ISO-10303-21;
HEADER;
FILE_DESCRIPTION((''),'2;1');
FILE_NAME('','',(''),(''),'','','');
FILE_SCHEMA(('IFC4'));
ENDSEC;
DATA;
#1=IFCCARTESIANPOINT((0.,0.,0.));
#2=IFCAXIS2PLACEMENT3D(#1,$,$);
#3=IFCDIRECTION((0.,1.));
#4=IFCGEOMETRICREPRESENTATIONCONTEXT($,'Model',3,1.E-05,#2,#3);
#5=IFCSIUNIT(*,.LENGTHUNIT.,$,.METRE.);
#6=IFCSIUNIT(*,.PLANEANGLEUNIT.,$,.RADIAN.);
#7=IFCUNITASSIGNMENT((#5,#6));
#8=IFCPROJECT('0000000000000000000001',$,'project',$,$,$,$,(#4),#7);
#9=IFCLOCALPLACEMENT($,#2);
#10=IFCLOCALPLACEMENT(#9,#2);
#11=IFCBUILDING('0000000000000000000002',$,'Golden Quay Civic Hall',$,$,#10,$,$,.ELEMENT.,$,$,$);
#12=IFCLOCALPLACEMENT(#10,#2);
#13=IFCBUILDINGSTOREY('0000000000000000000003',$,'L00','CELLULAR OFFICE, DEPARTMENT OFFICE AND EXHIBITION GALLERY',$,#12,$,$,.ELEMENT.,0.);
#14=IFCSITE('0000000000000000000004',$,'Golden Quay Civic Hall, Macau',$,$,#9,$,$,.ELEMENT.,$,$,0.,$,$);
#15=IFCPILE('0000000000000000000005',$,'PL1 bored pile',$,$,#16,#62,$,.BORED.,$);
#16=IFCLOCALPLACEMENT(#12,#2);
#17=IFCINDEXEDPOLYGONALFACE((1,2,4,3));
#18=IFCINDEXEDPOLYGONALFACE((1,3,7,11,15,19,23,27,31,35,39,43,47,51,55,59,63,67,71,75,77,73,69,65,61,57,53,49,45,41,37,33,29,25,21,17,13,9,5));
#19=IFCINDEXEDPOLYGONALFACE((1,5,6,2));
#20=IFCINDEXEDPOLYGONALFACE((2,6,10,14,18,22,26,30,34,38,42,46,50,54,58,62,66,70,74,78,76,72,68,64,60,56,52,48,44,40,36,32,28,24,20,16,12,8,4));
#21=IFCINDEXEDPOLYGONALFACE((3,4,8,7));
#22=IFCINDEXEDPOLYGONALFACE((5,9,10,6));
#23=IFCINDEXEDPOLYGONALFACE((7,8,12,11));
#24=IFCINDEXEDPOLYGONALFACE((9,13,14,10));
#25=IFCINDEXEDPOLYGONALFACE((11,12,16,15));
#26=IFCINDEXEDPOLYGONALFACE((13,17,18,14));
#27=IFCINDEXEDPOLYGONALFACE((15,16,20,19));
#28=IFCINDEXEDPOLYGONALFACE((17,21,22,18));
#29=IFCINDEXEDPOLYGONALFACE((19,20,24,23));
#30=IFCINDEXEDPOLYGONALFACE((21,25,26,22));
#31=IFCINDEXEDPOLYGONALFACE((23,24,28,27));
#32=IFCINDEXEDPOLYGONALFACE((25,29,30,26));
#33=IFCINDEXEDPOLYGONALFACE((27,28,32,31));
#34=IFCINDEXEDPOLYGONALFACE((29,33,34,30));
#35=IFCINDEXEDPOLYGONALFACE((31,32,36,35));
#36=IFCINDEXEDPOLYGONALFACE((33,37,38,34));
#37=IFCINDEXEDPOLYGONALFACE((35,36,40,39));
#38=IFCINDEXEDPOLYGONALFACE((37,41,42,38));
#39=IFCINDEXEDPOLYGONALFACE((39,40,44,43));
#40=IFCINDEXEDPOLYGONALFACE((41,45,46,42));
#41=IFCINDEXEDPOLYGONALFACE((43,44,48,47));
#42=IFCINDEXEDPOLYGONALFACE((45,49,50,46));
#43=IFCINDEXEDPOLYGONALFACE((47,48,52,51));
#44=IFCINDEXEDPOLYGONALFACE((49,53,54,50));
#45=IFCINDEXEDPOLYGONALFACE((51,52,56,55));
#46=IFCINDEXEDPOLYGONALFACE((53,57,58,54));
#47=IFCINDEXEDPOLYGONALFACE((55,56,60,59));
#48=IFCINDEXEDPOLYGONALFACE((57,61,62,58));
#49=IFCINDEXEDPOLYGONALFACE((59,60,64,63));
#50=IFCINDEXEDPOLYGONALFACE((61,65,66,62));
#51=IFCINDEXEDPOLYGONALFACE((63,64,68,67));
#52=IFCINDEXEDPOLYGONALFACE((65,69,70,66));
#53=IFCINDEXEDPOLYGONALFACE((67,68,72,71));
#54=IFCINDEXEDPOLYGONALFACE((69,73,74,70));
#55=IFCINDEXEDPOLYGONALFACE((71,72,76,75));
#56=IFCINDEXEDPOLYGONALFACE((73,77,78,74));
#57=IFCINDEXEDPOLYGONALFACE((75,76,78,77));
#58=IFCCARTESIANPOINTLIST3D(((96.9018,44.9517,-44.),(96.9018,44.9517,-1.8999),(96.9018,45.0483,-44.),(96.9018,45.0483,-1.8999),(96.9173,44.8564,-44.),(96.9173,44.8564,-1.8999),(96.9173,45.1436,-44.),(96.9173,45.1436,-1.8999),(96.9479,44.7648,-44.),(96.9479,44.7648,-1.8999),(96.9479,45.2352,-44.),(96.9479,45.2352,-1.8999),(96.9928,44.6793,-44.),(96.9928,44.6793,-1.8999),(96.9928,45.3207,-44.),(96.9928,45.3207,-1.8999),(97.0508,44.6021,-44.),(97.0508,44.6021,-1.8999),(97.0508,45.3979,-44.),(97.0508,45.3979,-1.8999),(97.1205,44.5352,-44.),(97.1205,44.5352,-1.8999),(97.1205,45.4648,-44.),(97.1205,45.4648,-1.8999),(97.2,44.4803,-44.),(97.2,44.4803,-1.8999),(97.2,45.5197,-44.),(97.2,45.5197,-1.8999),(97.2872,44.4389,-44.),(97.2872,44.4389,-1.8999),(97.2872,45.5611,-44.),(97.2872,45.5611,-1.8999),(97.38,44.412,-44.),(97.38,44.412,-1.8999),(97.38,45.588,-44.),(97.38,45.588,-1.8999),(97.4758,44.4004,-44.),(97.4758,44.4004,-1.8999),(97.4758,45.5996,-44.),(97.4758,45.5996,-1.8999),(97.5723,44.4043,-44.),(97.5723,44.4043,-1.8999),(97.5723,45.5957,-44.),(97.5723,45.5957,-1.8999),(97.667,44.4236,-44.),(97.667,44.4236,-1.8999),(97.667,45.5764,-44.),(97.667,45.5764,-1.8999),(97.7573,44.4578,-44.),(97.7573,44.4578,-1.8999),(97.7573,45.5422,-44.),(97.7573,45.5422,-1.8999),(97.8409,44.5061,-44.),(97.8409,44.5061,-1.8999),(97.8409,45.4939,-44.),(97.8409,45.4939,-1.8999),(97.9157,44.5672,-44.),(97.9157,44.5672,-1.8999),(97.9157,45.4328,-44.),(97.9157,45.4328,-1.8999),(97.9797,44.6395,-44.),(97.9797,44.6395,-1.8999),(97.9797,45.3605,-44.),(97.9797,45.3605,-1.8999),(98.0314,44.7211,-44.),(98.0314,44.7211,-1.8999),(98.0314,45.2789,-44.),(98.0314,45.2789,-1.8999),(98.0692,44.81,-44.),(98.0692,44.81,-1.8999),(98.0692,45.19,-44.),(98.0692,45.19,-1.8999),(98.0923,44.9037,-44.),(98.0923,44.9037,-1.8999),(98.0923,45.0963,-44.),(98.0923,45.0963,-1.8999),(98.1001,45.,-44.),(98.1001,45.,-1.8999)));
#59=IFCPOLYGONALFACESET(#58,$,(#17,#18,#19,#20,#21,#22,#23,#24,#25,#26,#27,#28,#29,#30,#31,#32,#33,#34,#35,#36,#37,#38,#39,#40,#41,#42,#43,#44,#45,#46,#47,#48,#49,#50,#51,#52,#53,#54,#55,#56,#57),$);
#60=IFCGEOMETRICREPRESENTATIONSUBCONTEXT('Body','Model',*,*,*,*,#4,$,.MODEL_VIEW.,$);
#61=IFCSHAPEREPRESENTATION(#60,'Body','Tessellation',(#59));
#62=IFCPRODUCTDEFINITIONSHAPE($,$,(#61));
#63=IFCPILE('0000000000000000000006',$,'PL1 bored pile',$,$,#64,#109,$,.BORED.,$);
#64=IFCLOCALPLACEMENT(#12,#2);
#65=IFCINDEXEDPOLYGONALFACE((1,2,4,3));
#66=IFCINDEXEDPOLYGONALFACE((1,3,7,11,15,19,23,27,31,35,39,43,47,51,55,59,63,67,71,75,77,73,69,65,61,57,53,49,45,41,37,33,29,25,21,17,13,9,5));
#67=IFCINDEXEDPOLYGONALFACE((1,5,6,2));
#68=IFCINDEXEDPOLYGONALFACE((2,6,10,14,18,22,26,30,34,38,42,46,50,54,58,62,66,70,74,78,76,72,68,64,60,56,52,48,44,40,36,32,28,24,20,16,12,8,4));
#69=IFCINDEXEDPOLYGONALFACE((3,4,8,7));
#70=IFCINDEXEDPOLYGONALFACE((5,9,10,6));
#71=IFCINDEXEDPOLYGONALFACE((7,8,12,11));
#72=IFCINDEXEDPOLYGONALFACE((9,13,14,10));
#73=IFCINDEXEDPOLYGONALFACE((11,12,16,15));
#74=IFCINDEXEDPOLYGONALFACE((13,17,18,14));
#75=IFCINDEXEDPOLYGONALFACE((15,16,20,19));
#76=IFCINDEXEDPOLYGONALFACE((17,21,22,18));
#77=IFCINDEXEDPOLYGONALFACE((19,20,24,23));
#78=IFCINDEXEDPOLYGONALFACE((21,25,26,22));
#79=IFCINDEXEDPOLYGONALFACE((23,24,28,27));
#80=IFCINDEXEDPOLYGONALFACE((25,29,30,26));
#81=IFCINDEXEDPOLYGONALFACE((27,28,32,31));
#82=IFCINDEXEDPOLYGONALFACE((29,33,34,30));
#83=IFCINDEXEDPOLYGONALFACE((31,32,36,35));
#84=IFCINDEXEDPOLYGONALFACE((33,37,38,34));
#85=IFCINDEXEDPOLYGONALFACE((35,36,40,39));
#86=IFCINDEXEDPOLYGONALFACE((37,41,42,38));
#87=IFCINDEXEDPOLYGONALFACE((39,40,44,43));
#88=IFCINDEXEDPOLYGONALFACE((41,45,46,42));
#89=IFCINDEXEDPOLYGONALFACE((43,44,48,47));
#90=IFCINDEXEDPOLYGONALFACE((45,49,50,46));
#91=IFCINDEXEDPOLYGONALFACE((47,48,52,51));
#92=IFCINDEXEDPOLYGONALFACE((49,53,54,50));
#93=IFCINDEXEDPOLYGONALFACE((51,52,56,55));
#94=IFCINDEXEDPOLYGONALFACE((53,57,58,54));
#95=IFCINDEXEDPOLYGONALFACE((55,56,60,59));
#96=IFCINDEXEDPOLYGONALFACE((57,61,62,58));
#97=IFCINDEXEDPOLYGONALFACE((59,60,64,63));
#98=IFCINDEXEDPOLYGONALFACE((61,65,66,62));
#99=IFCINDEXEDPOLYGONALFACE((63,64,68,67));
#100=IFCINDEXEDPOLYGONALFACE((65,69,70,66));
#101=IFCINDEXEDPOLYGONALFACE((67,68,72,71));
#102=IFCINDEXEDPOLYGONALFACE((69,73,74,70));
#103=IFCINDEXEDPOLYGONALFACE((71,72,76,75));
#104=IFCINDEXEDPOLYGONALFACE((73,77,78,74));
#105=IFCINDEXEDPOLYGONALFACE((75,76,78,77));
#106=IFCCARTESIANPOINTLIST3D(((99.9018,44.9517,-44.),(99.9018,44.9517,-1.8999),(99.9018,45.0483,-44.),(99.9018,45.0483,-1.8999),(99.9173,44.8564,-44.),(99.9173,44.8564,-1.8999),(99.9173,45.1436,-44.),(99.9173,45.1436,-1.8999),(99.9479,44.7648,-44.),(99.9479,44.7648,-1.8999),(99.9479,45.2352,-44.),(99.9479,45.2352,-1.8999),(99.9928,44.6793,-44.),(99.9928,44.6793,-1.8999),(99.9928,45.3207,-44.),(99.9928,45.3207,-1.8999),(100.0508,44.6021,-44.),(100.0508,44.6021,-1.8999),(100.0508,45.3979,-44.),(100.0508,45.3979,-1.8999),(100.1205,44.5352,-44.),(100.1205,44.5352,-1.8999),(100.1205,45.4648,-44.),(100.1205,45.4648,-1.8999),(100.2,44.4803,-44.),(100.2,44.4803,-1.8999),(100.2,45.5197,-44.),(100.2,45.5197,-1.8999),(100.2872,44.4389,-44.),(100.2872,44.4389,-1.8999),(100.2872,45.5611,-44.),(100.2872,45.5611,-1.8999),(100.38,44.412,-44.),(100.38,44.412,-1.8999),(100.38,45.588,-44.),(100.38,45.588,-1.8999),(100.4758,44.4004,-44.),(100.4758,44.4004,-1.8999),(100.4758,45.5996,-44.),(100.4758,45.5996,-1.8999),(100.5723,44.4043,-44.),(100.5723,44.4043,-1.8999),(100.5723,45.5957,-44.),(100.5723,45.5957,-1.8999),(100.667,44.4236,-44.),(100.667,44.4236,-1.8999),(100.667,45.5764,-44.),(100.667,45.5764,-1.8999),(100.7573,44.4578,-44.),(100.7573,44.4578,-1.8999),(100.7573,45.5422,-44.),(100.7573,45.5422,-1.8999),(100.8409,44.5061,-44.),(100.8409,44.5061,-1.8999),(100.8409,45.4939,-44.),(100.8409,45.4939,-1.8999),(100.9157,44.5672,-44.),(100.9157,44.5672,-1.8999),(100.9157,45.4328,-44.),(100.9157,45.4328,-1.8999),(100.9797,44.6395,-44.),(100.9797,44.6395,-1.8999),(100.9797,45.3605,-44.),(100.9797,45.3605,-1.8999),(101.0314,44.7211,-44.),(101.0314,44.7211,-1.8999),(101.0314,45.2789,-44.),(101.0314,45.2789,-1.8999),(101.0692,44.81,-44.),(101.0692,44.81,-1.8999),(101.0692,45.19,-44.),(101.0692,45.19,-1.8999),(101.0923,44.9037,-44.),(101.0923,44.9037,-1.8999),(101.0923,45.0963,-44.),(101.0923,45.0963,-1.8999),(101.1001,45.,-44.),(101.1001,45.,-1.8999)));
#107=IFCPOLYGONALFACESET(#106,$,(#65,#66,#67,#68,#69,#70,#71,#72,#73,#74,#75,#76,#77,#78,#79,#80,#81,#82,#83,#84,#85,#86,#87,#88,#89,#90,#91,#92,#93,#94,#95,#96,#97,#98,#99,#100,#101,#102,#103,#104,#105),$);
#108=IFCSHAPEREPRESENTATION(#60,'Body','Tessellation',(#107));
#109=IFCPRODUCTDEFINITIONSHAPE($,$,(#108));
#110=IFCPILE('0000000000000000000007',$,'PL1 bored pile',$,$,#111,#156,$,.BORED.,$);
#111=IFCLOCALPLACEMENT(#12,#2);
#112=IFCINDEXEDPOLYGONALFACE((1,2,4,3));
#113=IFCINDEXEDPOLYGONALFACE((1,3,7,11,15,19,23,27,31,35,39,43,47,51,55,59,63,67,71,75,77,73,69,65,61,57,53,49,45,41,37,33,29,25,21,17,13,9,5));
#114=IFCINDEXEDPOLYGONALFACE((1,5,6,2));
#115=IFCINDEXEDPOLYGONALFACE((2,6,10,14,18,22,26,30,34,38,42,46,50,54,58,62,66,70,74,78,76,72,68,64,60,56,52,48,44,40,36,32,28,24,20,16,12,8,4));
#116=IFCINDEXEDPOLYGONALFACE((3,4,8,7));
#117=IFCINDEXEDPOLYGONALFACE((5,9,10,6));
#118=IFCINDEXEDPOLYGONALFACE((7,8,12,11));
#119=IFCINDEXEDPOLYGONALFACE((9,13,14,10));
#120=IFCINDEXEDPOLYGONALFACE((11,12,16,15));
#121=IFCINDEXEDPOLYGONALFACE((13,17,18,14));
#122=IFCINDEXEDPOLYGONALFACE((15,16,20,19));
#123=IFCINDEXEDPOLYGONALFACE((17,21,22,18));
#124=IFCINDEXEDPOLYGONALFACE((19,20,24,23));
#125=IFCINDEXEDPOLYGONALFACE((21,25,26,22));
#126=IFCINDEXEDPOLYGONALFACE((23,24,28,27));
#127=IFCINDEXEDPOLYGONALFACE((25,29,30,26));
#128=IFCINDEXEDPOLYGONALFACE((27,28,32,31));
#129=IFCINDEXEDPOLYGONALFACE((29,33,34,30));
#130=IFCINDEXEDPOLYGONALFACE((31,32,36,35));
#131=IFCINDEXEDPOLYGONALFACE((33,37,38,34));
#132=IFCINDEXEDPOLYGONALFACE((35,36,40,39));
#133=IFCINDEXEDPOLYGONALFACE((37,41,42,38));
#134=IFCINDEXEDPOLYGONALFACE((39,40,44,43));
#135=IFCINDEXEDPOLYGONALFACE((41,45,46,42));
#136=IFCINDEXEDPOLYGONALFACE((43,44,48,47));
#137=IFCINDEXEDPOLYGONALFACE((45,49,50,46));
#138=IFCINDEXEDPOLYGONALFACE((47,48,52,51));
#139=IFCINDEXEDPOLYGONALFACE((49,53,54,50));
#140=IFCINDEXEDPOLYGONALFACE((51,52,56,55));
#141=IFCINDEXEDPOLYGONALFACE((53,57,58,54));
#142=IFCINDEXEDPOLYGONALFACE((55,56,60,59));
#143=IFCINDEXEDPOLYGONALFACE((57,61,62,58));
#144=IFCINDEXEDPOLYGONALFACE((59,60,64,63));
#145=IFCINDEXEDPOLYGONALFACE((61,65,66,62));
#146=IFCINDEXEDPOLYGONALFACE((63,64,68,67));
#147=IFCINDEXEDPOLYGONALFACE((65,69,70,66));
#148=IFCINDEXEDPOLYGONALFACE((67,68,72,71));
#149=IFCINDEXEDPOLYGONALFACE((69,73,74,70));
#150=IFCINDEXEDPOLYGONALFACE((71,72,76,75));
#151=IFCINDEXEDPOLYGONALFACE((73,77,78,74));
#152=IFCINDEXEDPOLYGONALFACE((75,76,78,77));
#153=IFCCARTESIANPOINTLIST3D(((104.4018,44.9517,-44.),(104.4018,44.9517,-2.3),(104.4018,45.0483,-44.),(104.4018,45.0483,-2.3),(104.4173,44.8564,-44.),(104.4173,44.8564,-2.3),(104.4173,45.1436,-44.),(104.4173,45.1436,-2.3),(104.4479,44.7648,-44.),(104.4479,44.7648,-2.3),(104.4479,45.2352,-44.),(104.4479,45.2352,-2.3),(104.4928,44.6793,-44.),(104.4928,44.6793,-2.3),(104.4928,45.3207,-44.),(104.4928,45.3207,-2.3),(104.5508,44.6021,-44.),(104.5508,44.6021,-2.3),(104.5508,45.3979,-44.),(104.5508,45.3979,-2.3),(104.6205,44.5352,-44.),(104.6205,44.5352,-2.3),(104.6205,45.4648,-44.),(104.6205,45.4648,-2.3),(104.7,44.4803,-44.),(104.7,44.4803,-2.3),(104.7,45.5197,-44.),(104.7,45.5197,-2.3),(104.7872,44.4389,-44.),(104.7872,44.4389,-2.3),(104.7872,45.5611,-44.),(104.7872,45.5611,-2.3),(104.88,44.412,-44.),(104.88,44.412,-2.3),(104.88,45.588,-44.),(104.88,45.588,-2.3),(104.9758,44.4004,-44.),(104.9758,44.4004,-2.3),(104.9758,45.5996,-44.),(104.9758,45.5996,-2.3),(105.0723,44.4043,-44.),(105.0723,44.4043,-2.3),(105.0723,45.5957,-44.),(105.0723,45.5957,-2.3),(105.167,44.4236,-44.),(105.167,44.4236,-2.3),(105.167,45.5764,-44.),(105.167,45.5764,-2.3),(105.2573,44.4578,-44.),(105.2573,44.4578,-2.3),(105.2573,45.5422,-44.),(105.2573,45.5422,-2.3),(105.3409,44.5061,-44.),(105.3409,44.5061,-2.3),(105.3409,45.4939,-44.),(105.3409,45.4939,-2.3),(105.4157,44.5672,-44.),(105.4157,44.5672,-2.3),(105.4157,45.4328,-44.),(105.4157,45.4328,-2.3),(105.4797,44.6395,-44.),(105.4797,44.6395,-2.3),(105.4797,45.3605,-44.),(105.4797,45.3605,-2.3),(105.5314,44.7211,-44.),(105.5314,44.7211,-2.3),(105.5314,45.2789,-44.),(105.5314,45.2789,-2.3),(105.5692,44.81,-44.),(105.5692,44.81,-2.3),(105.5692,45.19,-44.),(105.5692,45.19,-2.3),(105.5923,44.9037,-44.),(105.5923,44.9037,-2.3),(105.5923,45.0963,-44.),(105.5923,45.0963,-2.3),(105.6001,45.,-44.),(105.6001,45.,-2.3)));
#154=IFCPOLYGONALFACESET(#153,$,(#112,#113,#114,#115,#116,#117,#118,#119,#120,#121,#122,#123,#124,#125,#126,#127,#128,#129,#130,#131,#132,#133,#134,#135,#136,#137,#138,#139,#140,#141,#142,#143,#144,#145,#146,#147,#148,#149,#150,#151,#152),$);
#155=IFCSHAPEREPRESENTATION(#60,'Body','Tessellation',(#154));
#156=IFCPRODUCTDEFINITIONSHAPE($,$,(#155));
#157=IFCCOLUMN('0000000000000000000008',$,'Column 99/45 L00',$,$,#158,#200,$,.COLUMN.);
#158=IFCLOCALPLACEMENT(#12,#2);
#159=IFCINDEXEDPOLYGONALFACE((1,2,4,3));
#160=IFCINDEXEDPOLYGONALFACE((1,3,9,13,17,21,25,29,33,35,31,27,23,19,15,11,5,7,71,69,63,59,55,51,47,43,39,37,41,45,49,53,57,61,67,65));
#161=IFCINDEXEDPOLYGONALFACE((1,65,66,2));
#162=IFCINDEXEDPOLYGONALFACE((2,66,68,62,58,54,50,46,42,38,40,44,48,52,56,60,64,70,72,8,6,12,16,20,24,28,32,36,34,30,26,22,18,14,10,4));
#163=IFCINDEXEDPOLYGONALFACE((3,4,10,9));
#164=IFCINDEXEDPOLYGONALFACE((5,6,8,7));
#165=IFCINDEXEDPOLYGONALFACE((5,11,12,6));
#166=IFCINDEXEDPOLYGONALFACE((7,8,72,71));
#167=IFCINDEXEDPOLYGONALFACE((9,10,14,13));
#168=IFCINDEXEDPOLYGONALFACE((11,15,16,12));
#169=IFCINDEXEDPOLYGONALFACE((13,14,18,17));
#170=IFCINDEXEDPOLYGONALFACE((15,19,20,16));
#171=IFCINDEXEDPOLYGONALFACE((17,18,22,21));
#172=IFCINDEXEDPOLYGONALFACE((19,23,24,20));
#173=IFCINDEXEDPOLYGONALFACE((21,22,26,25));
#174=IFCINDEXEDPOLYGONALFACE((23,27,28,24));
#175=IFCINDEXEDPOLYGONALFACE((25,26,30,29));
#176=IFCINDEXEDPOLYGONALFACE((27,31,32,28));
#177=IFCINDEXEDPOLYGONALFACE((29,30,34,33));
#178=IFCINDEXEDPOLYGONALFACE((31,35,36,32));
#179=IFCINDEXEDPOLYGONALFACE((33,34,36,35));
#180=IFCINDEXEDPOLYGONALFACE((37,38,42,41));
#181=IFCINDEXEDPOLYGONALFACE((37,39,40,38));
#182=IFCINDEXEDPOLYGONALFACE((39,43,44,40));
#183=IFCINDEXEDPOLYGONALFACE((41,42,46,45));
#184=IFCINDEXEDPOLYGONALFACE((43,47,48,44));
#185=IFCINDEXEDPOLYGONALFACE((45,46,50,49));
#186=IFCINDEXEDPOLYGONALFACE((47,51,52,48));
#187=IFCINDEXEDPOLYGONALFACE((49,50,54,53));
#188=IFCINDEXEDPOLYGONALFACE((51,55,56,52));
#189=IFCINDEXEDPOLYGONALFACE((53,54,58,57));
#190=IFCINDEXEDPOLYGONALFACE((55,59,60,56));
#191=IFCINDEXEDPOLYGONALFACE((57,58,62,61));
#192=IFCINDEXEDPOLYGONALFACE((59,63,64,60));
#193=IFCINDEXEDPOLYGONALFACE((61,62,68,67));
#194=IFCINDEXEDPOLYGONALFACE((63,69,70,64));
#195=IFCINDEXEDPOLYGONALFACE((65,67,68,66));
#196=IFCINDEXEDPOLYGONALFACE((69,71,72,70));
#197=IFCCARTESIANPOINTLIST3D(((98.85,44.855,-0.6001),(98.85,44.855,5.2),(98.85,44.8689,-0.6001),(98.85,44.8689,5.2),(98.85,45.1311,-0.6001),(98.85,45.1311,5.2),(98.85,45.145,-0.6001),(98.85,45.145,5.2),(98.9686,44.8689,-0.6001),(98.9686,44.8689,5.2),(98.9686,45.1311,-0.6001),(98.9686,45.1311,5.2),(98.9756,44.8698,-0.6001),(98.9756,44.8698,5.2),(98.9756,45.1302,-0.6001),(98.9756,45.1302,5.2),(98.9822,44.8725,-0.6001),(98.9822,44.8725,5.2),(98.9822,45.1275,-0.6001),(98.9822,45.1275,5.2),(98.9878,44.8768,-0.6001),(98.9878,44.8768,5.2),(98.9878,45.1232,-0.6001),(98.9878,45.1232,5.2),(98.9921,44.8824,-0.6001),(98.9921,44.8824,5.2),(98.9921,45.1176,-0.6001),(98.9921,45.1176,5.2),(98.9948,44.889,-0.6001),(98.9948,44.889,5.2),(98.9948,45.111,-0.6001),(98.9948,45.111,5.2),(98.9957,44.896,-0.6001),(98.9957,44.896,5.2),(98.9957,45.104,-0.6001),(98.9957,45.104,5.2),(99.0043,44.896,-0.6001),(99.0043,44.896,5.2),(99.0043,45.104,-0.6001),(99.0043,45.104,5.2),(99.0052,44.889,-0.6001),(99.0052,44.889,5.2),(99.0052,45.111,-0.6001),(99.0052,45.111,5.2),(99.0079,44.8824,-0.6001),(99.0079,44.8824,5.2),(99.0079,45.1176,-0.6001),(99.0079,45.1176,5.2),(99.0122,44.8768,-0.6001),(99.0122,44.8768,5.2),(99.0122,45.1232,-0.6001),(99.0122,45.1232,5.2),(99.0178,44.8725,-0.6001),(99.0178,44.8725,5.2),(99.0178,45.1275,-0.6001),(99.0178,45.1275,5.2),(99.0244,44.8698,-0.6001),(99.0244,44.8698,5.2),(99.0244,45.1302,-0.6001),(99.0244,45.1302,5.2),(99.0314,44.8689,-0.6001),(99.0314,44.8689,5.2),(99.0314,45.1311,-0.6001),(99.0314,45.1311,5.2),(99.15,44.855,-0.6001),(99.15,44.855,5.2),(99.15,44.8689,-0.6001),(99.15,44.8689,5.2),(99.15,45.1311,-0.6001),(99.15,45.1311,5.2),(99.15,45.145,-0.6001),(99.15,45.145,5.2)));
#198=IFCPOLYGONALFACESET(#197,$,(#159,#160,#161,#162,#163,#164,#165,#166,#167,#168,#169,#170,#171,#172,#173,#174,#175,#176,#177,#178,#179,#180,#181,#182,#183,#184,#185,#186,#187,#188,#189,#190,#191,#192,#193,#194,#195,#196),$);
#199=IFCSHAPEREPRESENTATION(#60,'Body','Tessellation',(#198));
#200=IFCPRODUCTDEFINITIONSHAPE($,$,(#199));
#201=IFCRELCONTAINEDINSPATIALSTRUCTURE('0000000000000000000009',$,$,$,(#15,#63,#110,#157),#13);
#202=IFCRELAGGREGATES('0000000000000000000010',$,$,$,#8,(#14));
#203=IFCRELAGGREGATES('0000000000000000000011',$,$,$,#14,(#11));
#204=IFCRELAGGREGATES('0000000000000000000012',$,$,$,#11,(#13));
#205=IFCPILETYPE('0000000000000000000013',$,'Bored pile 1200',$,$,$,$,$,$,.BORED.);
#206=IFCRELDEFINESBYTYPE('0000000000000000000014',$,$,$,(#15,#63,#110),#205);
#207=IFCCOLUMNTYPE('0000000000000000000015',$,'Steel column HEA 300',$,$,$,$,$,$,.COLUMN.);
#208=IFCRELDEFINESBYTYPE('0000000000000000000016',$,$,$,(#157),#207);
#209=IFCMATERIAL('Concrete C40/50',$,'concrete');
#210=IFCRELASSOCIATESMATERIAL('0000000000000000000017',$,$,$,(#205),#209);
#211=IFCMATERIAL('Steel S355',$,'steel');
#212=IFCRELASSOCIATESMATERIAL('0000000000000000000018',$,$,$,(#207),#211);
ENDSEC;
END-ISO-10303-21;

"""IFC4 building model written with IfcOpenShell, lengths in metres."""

from ifc_helpers import new_model, si_unit, direction, frame, origin, origin_2d, place, context, subcontext, project, spatial, circle, i_section, extrude, material, material_profile, profile_set, type_object, element, save


model = new_model("IFC4")

# Units and contexts
model_context = context("Model", 3, precision=1e-05, world=origin(), true_north=direction((0.0, 1.0)))
body_context = subcontext(model_context, "Body", "Model", "MODEL_VIEW")
ifc_project = project(units=[si_unit("LENGTHUNIT", "METRE"), si_unit("PLANEANGLEUNIT", "RADIAN")], contexts=[model_context])

# Site, building, storey
site_placement = place(None, origin())
site = spatial("IfcSite", under=ifc_project, at=site_placement, Name="Golden Quay Civic Hall, Macau", CompositionType="ELEMENT", RefElevation=0.0)
building_placement = place(site_placement, origin())
building = spatial("IfcBuilding", under=site, at=building_placement, Name="Golden Quay Civic Hall", CompositionType="ELEMENT")
storey_placement = place(building_placement, origin())
storey = spatial("IfcBuildingStorey", under=building, at=storey_placement, Name="L00", Description="CELLULAR OFFICE, DEPARTMENT OFFICE AND EXHIBITION GALLERY", CompositionType="ELEMENT", Elevation=0.0)

# Piles
ifc_material_1 = material(Name="Concrete C40/50", Category="concrete")
ifc_material_profile_1 = material_profile(ifc_material_1, circle(Radius=0.6001, at=origin_2d()), Name="RC D1200")
ifc_profile_set_1 = profile_set([ifc_material_profile_1], Name="Concrete C40/50")
pile_type = type_object("IfcPileType", Name="Bored pile 1200", PredefinedType="BORED", material=ifc_profile_set_1)
for number, where, z_axis, x_axis, name in (
    (1, (97.5, 45.0, -1.8999), (0.0, 0.0, -1.0), (1.0, 0.0, 0.0), "PL1 bored pile"),
    (2, (100.5, 45.0, -1.8999), (0.0, 0.0, -1.0), (1.0, 0.0, 0.0), "PL1 bored pile"),
):
    element("IfcPile", number, at=place(storey_placement, frame(where, z_axis=z_axis, x_axis=x_axis)), inside=storey, type_object=pile_type, Name=name, PredefinedType="BORED", context=body_context, shape_type="SweptSolid", body=[
        extrude(circle(Radius=0.6001, at=origin_2d()), origin(), (0.0, 0.0, 1.0), 42.1001),
    ])
pile_placement = place(storey_placement, frame((105.0, 45.0, -2.3), z_axis=(0.0, 0.0, -1.0), x_axis=(1.0, 0.0, 0.0)))
element("IfcPile", 3, at=pile_placement, inside=storey, type_object=pile_type, Name="PL1 bored pile", PredefinedType="BORED", context=body_context, shape_type="SweptSolid", body=[
    extrude(circle(Radius=0.6001, at=origin_2d()), origin(), (0.0, 0.0, 1.0), 41.7),
])

# Column
ifc_material_2 = material(Name="Steel S355", Category="steel")
ifc_material_profile_2 = material_profile(ifc_material_2, i_section(OverallWidth=0.3, OverallDepth=0.29, WebThickness=0.0085, FlangeThickness=0.0139, FilletRadius=0.0271, at=origin_2d()), Name="HEA 300")
ifc_profile_set_2 = profile_set([ifc_material_profile_2], Name="Steel S355")
column_type_1 = type_object("IfcColumnType", Name="Steel column HEA 300", PredefinedType="COLUMN", material=ifc_profile_set_2)
column_1_placement = place(storey_placement, frame((99.0, 45.0, -0.6001), z_axis=(0.0, 0.0, 1.0), x_axis=(1.0, 0.0, 0.0)))
element("IfcColumn", 4, at=column_1_placement, inside=storey, type_object=column_type_1, Name="Column 99/45 L00", PredefinedType="COLUMN", context=body_context, shape_type="SweptSolid", body=[
    extrude(i_section(OverallWidth=0.3, OverallDepth=0.29, WebThickness=0.0085, FlangeThickness=0.0139, FilletRadius=0.0271, at=origin_2d()), origin(), (0.0, 0.0, 1.0), 5.8),
])

save(model, "model.ifc")
